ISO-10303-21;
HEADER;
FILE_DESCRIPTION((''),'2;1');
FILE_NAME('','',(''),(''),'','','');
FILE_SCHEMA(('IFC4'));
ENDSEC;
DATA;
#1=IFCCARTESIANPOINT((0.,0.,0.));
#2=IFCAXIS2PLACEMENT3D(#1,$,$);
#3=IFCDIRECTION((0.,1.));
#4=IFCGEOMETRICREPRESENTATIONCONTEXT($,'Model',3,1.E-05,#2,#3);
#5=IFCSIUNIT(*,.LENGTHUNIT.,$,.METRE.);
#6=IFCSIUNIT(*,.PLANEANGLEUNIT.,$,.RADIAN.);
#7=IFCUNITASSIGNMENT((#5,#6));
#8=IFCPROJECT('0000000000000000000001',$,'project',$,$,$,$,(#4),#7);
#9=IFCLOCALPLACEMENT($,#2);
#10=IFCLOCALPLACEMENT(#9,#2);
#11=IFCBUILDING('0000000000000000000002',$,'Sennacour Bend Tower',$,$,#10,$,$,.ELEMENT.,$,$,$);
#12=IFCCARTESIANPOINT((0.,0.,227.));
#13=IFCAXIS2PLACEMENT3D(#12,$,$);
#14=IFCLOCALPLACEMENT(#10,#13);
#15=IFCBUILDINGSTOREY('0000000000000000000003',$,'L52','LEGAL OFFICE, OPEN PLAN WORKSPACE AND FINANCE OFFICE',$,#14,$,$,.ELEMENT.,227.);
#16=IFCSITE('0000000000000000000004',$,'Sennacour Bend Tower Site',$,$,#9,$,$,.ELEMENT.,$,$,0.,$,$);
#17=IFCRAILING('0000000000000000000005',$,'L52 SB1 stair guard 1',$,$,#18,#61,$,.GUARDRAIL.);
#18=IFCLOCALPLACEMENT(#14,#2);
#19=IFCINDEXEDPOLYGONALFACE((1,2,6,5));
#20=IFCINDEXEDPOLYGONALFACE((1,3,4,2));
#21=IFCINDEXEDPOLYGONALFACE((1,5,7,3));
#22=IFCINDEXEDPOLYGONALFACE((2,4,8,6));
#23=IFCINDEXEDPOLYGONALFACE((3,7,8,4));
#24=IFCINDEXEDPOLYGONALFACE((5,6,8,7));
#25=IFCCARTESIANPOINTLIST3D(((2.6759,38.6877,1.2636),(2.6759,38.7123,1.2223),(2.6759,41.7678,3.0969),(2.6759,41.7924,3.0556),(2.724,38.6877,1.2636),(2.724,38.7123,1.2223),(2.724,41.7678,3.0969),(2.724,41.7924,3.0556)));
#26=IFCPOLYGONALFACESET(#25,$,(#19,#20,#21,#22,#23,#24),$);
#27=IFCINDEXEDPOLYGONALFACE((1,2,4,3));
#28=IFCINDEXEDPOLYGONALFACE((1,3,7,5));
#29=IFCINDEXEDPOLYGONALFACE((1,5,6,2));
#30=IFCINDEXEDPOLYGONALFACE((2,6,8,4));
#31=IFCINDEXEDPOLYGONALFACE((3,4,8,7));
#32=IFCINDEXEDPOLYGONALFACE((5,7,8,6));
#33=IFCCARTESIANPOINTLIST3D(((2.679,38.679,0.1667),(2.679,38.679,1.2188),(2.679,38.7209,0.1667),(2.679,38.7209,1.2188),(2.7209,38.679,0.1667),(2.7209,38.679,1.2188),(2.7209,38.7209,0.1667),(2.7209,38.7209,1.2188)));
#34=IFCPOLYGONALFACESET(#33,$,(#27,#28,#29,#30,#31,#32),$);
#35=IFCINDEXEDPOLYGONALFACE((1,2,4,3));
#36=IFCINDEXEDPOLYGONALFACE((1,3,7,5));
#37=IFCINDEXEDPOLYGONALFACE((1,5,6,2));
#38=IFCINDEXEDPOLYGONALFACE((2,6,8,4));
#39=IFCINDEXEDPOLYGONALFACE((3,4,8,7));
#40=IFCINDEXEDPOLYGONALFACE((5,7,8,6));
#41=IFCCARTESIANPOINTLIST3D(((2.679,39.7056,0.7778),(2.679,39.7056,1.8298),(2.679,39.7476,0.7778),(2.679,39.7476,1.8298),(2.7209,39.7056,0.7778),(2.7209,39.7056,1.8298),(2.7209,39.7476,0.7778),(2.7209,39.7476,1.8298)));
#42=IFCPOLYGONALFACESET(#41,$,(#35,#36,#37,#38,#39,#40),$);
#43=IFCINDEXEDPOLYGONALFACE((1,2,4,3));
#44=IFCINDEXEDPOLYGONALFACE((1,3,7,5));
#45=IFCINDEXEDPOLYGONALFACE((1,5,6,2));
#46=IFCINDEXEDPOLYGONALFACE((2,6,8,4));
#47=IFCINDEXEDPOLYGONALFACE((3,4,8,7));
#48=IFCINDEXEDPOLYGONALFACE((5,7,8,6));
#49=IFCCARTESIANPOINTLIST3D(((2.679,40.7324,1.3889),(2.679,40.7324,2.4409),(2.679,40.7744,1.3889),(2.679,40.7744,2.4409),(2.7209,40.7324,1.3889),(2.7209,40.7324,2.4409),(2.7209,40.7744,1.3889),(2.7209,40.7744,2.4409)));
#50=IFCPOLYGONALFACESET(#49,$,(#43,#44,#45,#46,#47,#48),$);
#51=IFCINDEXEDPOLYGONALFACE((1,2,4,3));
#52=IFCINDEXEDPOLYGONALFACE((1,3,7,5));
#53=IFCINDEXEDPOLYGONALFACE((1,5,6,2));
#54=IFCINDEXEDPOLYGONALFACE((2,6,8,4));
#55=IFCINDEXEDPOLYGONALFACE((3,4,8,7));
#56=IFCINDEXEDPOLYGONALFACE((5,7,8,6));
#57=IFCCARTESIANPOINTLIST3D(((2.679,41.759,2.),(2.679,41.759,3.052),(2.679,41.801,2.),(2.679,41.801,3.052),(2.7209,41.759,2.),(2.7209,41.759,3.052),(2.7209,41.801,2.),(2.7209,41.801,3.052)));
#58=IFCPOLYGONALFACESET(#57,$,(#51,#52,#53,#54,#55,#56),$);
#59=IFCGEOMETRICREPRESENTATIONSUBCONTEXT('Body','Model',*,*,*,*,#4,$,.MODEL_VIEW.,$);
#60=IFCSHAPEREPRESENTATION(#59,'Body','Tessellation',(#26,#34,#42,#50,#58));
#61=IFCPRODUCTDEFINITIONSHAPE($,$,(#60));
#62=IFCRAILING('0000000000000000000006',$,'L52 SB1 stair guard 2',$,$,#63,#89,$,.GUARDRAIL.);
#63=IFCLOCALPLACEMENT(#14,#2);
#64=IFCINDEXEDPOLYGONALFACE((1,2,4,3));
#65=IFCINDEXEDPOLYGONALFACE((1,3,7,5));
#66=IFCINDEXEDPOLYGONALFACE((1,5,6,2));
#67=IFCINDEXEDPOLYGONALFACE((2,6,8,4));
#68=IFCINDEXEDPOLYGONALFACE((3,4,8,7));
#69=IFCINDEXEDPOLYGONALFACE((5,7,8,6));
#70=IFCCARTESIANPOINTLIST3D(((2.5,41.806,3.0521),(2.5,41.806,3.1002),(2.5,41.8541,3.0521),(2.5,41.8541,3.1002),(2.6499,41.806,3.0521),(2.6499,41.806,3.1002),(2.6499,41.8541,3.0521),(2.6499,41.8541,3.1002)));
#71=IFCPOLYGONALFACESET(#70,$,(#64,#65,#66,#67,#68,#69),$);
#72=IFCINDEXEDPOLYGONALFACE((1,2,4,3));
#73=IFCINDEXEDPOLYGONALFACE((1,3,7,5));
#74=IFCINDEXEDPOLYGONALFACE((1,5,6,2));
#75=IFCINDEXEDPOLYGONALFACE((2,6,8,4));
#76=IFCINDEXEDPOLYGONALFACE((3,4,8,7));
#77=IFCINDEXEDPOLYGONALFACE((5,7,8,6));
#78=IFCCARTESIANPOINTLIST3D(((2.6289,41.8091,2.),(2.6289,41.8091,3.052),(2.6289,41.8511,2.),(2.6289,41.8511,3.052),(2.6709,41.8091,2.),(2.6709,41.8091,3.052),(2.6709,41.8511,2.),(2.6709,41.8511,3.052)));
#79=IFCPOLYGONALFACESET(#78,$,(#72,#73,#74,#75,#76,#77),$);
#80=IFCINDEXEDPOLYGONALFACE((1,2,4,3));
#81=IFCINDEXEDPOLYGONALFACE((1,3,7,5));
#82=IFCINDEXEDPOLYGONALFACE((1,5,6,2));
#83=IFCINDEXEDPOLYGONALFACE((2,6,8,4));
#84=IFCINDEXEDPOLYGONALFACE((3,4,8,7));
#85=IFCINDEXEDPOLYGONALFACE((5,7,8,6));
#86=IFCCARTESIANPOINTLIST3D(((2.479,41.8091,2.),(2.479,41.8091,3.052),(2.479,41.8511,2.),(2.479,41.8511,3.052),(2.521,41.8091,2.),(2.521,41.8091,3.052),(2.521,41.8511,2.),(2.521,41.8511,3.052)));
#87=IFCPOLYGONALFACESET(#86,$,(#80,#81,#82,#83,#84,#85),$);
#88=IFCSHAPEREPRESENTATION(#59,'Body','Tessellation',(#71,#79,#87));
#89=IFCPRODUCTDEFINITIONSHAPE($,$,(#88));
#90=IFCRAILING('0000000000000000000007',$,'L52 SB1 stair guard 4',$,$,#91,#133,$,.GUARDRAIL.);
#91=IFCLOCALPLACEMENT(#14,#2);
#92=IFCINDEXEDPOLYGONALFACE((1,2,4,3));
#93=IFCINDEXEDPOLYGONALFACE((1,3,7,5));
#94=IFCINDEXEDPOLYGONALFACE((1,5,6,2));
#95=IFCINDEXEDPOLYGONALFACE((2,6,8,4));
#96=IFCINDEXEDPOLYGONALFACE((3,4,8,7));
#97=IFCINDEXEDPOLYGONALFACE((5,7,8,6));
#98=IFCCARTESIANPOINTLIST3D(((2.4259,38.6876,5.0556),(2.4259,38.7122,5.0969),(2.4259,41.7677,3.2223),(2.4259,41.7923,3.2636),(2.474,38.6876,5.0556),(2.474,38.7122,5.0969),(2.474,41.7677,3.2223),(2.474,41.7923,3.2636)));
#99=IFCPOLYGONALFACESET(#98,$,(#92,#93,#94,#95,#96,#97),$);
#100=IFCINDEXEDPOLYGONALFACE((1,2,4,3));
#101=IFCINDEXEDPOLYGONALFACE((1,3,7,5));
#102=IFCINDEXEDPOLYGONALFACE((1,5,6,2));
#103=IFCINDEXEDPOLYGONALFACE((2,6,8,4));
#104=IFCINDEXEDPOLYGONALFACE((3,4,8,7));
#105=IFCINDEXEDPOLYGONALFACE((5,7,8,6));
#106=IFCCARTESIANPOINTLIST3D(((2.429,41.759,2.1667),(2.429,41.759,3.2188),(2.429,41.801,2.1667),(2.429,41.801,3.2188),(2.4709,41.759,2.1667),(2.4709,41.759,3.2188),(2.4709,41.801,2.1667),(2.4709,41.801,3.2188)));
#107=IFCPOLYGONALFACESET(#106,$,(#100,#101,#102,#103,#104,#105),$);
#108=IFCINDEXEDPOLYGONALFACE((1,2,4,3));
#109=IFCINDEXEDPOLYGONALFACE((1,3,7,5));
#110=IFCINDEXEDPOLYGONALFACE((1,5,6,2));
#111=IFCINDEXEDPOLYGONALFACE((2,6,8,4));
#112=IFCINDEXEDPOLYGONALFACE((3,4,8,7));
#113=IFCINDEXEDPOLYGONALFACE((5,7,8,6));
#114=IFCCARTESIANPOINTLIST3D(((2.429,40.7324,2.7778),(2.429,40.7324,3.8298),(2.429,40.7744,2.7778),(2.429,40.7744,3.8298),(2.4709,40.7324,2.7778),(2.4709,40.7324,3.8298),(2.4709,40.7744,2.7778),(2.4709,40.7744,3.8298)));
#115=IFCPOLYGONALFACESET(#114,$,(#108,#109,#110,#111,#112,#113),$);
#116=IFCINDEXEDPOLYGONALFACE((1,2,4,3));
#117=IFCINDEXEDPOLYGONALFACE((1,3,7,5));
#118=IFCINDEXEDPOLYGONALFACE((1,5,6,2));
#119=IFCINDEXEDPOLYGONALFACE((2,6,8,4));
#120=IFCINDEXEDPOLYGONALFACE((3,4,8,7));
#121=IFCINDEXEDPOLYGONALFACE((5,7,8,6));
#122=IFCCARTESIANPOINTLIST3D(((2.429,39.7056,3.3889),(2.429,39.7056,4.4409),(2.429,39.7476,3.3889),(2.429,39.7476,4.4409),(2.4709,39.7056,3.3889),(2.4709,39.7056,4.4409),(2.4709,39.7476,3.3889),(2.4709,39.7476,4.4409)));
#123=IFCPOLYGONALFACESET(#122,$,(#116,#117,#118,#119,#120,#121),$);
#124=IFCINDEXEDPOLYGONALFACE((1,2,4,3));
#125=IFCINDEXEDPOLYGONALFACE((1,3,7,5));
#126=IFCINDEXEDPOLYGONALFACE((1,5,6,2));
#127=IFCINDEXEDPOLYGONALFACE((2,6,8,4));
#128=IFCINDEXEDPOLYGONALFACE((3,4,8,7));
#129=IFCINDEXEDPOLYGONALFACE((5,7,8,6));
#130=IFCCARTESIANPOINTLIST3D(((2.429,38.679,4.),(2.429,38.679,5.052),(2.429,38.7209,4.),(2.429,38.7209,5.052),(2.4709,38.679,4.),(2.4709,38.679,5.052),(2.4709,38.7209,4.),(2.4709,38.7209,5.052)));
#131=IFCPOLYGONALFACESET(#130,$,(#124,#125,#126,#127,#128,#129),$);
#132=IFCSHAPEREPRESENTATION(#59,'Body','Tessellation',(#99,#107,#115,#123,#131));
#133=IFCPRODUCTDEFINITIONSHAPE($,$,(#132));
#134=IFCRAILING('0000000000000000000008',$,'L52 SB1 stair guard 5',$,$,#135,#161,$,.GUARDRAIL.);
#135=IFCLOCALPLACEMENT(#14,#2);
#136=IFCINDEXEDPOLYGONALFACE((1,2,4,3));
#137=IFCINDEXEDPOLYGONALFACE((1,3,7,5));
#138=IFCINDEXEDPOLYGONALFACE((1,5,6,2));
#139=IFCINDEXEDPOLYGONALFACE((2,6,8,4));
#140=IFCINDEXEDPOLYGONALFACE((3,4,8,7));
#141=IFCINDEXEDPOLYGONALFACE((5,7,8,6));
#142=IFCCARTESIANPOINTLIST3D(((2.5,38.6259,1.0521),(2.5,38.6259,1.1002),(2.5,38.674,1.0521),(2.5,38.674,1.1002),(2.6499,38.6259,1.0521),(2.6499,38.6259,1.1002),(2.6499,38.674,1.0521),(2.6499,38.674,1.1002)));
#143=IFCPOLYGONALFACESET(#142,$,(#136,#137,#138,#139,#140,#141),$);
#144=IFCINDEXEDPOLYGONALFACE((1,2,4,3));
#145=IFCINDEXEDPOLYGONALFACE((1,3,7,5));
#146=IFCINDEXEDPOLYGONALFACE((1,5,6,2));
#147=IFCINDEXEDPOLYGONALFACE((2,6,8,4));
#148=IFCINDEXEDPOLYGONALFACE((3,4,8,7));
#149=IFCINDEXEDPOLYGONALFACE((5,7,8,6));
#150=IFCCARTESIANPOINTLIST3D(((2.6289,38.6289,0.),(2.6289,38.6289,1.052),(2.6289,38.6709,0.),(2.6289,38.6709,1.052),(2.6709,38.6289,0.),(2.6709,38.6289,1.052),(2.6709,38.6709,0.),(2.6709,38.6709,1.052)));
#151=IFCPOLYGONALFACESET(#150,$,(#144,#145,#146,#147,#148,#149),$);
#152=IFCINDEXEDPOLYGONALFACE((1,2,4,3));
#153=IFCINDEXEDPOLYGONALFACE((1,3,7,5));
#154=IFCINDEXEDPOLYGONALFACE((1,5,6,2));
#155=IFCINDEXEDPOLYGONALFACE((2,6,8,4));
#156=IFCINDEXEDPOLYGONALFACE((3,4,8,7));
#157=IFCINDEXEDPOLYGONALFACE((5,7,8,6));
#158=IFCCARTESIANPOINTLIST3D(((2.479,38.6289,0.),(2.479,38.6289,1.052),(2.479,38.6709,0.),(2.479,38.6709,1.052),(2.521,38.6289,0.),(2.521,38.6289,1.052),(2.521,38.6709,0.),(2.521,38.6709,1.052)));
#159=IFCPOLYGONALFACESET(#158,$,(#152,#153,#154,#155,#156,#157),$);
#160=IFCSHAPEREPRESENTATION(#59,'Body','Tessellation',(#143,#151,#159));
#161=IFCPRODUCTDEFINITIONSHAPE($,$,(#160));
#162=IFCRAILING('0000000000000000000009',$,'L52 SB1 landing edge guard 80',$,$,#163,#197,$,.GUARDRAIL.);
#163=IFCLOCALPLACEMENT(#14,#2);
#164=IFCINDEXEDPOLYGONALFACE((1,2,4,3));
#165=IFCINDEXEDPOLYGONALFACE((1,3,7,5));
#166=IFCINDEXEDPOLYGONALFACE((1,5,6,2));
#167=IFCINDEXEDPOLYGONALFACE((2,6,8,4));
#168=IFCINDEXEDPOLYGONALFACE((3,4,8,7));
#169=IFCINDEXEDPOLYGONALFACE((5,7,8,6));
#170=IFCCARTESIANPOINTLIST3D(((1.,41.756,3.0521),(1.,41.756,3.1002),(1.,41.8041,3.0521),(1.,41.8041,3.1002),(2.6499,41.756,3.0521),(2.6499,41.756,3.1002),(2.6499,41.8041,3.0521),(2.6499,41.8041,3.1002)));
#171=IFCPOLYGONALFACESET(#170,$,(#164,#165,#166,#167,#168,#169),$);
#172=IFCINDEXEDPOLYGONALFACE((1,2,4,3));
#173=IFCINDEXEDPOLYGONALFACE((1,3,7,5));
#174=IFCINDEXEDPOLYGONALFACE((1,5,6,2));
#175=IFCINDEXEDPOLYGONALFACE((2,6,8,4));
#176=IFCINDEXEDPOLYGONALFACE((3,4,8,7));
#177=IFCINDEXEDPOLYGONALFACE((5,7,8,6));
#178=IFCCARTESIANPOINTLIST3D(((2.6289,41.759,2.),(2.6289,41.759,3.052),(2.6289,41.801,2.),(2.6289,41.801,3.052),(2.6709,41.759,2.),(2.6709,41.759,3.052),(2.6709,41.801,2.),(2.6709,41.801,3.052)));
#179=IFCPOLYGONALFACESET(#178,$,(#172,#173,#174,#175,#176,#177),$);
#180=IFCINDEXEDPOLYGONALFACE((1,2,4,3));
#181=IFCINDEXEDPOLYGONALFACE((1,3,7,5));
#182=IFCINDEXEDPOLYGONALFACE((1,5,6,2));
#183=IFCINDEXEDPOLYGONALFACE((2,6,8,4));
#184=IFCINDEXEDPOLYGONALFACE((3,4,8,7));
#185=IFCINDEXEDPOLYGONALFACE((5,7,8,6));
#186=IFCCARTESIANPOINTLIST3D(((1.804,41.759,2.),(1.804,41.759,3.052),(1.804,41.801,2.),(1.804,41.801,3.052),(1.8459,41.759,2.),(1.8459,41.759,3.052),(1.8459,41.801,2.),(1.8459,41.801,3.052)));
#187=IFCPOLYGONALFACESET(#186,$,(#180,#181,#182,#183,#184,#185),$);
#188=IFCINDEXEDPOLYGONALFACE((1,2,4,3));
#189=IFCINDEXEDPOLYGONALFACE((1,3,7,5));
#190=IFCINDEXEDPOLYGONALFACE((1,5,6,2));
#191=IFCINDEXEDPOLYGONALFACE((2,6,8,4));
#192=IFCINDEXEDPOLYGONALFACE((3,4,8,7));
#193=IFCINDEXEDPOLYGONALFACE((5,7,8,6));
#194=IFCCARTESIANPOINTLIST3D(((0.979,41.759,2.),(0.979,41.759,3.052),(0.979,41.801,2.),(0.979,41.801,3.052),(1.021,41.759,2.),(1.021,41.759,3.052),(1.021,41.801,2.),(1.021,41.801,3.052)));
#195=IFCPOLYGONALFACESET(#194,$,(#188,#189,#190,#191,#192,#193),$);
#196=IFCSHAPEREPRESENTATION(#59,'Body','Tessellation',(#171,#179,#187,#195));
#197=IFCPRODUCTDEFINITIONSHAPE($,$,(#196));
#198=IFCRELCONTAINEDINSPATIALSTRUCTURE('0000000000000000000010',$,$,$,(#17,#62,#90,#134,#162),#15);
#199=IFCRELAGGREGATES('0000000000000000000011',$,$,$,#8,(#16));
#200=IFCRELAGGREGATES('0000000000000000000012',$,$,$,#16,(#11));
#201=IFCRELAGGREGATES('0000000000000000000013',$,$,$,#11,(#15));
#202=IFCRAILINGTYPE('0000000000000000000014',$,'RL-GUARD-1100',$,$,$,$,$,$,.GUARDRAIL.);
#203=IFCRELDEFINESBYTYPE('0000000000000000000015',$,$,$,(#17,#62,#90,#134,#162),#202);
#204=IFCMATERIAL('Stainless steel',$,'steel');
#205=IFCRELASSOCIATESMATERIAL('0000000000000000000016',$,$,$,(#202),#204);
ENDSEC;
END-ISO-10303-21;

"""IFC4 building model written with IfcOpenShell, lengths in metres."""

from ifc_helpers import new_model, si_unit, direction, frame, origin, origin_2d, place, context, subcontext, project, spatial, rectangle, extrude, material, type_object, element, save


model = new_model("IFC4")

# Units and contexts
model_context = context("Model", 3, precision=1e-05, world=origin(), true_north=direction((0.0, 1.0)))
body_context = subcontext(model_context, "Body", "Model", "MODEL_VIEW")
ifc_project = project(units=[si_unit("LENGTHUNIT", "METRE"), si_unit("PLANEANGLEUNIT", "RADIAN")], contexts=[model_context])

# Site, building, storey
site_placement = place(None, origin())
site = spatial("IfcSite", under=ifc_project, at=site_placement, Name="Sennacour Bend Tower Site", CompositionType="ELEMENT", RefElevation=0.0)
building_placement = place(site_placement, origin())
building = spatial("IfcBuilding", under=site, at=building_placement, Name="Sennacour Bend Tower", CompositionType="ELEMENT")
storey_placement = place(building_placement, frame((0.0, 0.0, 227.0)))
storey = spatial("IfcBuildingStorey", under=building, at=storey_placement, Name="L52", Description="LEGAL OFFICE, OPEN PLAN WORKSPACE AND FINANCE OFFICE", CompositionType="ELEMENT", Elevation=227.0)

# Railings
ifc_material_1 = material(Name="Stainless steel", Category="steel")
railing_type_1 = type_object("IfcRailingType", Name="RL-GUARD-1100", PredefinedType="GUARDRAIL", material=ifc_material_1)
railing_1_placement = place(storey_placement, frame((2.7, 38.7, 0.1667)))
element("IfcRailing", 1, at=railing_1_placement, inside=storey, type_object=railing_type_1, Name="L52 SB1 stair guard 1", PredefinedType="GUARDRAIL", context=body_context, shape_type="SweptSolid", body=[
    extrude(rectangle(XDim=0.0481, YDim=0.0481, at=origin_2d()), frame((0.0, 0.0, 1.0762), z_axis=(0.0, 0.859309, 0.511458), x_axis=(-1.0, 0.0, 0.0)), (0.0, 0.0, 1.0), 3.5845),
    extrude(rectangle(XDim=0.042, YDim=0.042, at=origin_2d()), origin(), (0.0, 0.0, 1.0), 1.052),
    extrude(rectangle(XDim=0.042, YDim=0.042, at=origin_2d()), frame((0.0, 1.0266, 0.6111)), (0.0, 0.0, 1.0), 1.052),
    extrude(rectangle(XDim=0.042, YDim=0.042, at=origin_2d()), frame((0.0, 2.0535, 1.2222)), (0.0, 0.0, 1.0), 1.052),
    extrude(rectangle(XDim=0.042, YDim=0.042, at=origin_2d()), frame((0.0, 3.0801, 1.8333)), (0.0, 0.0, 1.0), 1.052),
])
railing_2_placement = place(storey_placement, frame((2.6499, 41.8301, 2.0)))
element("IfcRailing", 2, at=railing_2_placement, inside=storey, type_object=railing_type_1, Name="L52 SB1 stair guard 2", PredefinedType="GUARDRAIL", context=body_context, shape_type="SweptSolid", body=[
    extrude(rectangle(XDim=0.0481, YDim=0.0481, at=origin_2d()), frame((0.0, 0.0, 1.0762), z_axis=(-1.0, 0.0, 0.0), x_axis=(0.0, -1.0, 0.0)), (0.0, 0.0, 1.0), 0.1499),
    extrude(rectangle(XDim=0.042, YDim=0.042, at=origin_2d()), origin(), (0.0, 0.0, 1.0), 1.052),
    extrude(rectangle(XDim=0.042, YDim=0.042, at=origin_2d()), frame((-0.1499, 0.0, 0.0)), (0.0, 0.0, 1.0), 1.052),
])
railing_3_placement = place(storey_placement, frame((2.45, 41.78, 2.1667)))
element("IfcRailing", 3, at=railing_3_placement, inside=storey, type_object=railing_type_1, Name="L52 SB1 stair guard 4", PredefinedType="GUARDRAIL", context=body_context, shape_type="SweptSolid", body=[
    extrude(rectangle(XDim=0.0481, YDim=0.0481, at=origin_2d()), frame((0.0, 0.0, 1.0762), z_axis=(0.0, -0.859309, 0.511458), x_axis=(1.0, 0.0, 0.0)), (0.0, 0.0, 1.0), 3.5845),
    extrude(rectangle(XDim=0.042, YDim=0.042, at=origin_2d()), origin(), (0.0, 0.0, 1.0), 1.052),
    extrude(rectangle(XDim=0.042, YDim=0.042, at=origin_2d()), frame((0.0, -1.0266, 0.6111)), (0.0, 0.0, 1.0), 1.052),
    extrude(rectangle(XDim=0.042, YDim=0.042, at=origin_2d()), frame((0.0, -2.0535, 1.2222)), (0.0, 0.0, 1.0), 1.052),
    extrude(rectangle(XDim=0.042, YDim=0.042, at=origin_2d()), frame((0.0, -3.0801, 1.8333)), (0.0, 0.0, 1.0), 1.052),
])
railing_4_placement = place(storey_placement, frame((2.6499, 38.6499, 0.0)))
element("IfcRailing", 4, at=railing_4_placement, inside=storey, type_object=railing_type_1, Name="L52 SB1 stair guard 5", PredefinedType="GUARDRAIL", context=body_context, shape_type="SweptSolid", body=[
    extrude(rectangle(XDim=0.0481, YDim=0.0481, at=origin_2d()), frame((0.0, 0.0, 1.0762), z_axis=(-1.0, 0.0, 0.0), x_axis=(0.0, -1.0, 0.0)), (0.0, 0.0, 1.0), 0.1499),
    extrude(rectangle(XDim=0.042, YDim=0.042, at=origin_2d()), origin(), (0.0, 0.0, 1.0), 1.052),
    extrude(rectangle(XDim=0.042, YDim=0.042, at=origin_2d()), frame((-0.1499, 0.0, 0.0)), (0.0, 0.0, 1.0), 1.052),
])
railing_5_placement = place(storey_placement, frame((2.6499, 41.78, 2.0)))
element("IfcRailing", 5, at=railing_5_placement, inside=storey, type_object=railing_type_1, Name="L52 SB1 landing edge guard 80", PredefinedType="GUARDRAIL", context=body_context, shape_type="SweptSolid", body=[
    extrude(rectangle(XDim=0.0481, YDim=0.0481, at=origin_2d()), frame((0.0, 0.0, 1.0762), z_axis=(-1.0, 0.0, 0.0), x_axis=(0.0, -1.0, 0.0)), (0.0, 0.0, 1.0), 1.6499),
    extrude(rectangle(XDim=0.042, YDim=0.042, at=origin_2d()), origin(), (0.0, 0.0, 1.0), 1.052),
    extrude(rectangle(XDim=0.042, YDim=0.042, at=origin_2d()), frame((-0.825, 0.0, 0.0)), (0.0, 0.0, 1.0), 1.052),
    extrude(rectangle(XDim=0.042, YDim=0.042, at=origin_2d()), frame((-1.6499, 0.0, 0.0)), (0.0, 0.0, 1.0), 1.052),
])

save(model, "model.ifc")
